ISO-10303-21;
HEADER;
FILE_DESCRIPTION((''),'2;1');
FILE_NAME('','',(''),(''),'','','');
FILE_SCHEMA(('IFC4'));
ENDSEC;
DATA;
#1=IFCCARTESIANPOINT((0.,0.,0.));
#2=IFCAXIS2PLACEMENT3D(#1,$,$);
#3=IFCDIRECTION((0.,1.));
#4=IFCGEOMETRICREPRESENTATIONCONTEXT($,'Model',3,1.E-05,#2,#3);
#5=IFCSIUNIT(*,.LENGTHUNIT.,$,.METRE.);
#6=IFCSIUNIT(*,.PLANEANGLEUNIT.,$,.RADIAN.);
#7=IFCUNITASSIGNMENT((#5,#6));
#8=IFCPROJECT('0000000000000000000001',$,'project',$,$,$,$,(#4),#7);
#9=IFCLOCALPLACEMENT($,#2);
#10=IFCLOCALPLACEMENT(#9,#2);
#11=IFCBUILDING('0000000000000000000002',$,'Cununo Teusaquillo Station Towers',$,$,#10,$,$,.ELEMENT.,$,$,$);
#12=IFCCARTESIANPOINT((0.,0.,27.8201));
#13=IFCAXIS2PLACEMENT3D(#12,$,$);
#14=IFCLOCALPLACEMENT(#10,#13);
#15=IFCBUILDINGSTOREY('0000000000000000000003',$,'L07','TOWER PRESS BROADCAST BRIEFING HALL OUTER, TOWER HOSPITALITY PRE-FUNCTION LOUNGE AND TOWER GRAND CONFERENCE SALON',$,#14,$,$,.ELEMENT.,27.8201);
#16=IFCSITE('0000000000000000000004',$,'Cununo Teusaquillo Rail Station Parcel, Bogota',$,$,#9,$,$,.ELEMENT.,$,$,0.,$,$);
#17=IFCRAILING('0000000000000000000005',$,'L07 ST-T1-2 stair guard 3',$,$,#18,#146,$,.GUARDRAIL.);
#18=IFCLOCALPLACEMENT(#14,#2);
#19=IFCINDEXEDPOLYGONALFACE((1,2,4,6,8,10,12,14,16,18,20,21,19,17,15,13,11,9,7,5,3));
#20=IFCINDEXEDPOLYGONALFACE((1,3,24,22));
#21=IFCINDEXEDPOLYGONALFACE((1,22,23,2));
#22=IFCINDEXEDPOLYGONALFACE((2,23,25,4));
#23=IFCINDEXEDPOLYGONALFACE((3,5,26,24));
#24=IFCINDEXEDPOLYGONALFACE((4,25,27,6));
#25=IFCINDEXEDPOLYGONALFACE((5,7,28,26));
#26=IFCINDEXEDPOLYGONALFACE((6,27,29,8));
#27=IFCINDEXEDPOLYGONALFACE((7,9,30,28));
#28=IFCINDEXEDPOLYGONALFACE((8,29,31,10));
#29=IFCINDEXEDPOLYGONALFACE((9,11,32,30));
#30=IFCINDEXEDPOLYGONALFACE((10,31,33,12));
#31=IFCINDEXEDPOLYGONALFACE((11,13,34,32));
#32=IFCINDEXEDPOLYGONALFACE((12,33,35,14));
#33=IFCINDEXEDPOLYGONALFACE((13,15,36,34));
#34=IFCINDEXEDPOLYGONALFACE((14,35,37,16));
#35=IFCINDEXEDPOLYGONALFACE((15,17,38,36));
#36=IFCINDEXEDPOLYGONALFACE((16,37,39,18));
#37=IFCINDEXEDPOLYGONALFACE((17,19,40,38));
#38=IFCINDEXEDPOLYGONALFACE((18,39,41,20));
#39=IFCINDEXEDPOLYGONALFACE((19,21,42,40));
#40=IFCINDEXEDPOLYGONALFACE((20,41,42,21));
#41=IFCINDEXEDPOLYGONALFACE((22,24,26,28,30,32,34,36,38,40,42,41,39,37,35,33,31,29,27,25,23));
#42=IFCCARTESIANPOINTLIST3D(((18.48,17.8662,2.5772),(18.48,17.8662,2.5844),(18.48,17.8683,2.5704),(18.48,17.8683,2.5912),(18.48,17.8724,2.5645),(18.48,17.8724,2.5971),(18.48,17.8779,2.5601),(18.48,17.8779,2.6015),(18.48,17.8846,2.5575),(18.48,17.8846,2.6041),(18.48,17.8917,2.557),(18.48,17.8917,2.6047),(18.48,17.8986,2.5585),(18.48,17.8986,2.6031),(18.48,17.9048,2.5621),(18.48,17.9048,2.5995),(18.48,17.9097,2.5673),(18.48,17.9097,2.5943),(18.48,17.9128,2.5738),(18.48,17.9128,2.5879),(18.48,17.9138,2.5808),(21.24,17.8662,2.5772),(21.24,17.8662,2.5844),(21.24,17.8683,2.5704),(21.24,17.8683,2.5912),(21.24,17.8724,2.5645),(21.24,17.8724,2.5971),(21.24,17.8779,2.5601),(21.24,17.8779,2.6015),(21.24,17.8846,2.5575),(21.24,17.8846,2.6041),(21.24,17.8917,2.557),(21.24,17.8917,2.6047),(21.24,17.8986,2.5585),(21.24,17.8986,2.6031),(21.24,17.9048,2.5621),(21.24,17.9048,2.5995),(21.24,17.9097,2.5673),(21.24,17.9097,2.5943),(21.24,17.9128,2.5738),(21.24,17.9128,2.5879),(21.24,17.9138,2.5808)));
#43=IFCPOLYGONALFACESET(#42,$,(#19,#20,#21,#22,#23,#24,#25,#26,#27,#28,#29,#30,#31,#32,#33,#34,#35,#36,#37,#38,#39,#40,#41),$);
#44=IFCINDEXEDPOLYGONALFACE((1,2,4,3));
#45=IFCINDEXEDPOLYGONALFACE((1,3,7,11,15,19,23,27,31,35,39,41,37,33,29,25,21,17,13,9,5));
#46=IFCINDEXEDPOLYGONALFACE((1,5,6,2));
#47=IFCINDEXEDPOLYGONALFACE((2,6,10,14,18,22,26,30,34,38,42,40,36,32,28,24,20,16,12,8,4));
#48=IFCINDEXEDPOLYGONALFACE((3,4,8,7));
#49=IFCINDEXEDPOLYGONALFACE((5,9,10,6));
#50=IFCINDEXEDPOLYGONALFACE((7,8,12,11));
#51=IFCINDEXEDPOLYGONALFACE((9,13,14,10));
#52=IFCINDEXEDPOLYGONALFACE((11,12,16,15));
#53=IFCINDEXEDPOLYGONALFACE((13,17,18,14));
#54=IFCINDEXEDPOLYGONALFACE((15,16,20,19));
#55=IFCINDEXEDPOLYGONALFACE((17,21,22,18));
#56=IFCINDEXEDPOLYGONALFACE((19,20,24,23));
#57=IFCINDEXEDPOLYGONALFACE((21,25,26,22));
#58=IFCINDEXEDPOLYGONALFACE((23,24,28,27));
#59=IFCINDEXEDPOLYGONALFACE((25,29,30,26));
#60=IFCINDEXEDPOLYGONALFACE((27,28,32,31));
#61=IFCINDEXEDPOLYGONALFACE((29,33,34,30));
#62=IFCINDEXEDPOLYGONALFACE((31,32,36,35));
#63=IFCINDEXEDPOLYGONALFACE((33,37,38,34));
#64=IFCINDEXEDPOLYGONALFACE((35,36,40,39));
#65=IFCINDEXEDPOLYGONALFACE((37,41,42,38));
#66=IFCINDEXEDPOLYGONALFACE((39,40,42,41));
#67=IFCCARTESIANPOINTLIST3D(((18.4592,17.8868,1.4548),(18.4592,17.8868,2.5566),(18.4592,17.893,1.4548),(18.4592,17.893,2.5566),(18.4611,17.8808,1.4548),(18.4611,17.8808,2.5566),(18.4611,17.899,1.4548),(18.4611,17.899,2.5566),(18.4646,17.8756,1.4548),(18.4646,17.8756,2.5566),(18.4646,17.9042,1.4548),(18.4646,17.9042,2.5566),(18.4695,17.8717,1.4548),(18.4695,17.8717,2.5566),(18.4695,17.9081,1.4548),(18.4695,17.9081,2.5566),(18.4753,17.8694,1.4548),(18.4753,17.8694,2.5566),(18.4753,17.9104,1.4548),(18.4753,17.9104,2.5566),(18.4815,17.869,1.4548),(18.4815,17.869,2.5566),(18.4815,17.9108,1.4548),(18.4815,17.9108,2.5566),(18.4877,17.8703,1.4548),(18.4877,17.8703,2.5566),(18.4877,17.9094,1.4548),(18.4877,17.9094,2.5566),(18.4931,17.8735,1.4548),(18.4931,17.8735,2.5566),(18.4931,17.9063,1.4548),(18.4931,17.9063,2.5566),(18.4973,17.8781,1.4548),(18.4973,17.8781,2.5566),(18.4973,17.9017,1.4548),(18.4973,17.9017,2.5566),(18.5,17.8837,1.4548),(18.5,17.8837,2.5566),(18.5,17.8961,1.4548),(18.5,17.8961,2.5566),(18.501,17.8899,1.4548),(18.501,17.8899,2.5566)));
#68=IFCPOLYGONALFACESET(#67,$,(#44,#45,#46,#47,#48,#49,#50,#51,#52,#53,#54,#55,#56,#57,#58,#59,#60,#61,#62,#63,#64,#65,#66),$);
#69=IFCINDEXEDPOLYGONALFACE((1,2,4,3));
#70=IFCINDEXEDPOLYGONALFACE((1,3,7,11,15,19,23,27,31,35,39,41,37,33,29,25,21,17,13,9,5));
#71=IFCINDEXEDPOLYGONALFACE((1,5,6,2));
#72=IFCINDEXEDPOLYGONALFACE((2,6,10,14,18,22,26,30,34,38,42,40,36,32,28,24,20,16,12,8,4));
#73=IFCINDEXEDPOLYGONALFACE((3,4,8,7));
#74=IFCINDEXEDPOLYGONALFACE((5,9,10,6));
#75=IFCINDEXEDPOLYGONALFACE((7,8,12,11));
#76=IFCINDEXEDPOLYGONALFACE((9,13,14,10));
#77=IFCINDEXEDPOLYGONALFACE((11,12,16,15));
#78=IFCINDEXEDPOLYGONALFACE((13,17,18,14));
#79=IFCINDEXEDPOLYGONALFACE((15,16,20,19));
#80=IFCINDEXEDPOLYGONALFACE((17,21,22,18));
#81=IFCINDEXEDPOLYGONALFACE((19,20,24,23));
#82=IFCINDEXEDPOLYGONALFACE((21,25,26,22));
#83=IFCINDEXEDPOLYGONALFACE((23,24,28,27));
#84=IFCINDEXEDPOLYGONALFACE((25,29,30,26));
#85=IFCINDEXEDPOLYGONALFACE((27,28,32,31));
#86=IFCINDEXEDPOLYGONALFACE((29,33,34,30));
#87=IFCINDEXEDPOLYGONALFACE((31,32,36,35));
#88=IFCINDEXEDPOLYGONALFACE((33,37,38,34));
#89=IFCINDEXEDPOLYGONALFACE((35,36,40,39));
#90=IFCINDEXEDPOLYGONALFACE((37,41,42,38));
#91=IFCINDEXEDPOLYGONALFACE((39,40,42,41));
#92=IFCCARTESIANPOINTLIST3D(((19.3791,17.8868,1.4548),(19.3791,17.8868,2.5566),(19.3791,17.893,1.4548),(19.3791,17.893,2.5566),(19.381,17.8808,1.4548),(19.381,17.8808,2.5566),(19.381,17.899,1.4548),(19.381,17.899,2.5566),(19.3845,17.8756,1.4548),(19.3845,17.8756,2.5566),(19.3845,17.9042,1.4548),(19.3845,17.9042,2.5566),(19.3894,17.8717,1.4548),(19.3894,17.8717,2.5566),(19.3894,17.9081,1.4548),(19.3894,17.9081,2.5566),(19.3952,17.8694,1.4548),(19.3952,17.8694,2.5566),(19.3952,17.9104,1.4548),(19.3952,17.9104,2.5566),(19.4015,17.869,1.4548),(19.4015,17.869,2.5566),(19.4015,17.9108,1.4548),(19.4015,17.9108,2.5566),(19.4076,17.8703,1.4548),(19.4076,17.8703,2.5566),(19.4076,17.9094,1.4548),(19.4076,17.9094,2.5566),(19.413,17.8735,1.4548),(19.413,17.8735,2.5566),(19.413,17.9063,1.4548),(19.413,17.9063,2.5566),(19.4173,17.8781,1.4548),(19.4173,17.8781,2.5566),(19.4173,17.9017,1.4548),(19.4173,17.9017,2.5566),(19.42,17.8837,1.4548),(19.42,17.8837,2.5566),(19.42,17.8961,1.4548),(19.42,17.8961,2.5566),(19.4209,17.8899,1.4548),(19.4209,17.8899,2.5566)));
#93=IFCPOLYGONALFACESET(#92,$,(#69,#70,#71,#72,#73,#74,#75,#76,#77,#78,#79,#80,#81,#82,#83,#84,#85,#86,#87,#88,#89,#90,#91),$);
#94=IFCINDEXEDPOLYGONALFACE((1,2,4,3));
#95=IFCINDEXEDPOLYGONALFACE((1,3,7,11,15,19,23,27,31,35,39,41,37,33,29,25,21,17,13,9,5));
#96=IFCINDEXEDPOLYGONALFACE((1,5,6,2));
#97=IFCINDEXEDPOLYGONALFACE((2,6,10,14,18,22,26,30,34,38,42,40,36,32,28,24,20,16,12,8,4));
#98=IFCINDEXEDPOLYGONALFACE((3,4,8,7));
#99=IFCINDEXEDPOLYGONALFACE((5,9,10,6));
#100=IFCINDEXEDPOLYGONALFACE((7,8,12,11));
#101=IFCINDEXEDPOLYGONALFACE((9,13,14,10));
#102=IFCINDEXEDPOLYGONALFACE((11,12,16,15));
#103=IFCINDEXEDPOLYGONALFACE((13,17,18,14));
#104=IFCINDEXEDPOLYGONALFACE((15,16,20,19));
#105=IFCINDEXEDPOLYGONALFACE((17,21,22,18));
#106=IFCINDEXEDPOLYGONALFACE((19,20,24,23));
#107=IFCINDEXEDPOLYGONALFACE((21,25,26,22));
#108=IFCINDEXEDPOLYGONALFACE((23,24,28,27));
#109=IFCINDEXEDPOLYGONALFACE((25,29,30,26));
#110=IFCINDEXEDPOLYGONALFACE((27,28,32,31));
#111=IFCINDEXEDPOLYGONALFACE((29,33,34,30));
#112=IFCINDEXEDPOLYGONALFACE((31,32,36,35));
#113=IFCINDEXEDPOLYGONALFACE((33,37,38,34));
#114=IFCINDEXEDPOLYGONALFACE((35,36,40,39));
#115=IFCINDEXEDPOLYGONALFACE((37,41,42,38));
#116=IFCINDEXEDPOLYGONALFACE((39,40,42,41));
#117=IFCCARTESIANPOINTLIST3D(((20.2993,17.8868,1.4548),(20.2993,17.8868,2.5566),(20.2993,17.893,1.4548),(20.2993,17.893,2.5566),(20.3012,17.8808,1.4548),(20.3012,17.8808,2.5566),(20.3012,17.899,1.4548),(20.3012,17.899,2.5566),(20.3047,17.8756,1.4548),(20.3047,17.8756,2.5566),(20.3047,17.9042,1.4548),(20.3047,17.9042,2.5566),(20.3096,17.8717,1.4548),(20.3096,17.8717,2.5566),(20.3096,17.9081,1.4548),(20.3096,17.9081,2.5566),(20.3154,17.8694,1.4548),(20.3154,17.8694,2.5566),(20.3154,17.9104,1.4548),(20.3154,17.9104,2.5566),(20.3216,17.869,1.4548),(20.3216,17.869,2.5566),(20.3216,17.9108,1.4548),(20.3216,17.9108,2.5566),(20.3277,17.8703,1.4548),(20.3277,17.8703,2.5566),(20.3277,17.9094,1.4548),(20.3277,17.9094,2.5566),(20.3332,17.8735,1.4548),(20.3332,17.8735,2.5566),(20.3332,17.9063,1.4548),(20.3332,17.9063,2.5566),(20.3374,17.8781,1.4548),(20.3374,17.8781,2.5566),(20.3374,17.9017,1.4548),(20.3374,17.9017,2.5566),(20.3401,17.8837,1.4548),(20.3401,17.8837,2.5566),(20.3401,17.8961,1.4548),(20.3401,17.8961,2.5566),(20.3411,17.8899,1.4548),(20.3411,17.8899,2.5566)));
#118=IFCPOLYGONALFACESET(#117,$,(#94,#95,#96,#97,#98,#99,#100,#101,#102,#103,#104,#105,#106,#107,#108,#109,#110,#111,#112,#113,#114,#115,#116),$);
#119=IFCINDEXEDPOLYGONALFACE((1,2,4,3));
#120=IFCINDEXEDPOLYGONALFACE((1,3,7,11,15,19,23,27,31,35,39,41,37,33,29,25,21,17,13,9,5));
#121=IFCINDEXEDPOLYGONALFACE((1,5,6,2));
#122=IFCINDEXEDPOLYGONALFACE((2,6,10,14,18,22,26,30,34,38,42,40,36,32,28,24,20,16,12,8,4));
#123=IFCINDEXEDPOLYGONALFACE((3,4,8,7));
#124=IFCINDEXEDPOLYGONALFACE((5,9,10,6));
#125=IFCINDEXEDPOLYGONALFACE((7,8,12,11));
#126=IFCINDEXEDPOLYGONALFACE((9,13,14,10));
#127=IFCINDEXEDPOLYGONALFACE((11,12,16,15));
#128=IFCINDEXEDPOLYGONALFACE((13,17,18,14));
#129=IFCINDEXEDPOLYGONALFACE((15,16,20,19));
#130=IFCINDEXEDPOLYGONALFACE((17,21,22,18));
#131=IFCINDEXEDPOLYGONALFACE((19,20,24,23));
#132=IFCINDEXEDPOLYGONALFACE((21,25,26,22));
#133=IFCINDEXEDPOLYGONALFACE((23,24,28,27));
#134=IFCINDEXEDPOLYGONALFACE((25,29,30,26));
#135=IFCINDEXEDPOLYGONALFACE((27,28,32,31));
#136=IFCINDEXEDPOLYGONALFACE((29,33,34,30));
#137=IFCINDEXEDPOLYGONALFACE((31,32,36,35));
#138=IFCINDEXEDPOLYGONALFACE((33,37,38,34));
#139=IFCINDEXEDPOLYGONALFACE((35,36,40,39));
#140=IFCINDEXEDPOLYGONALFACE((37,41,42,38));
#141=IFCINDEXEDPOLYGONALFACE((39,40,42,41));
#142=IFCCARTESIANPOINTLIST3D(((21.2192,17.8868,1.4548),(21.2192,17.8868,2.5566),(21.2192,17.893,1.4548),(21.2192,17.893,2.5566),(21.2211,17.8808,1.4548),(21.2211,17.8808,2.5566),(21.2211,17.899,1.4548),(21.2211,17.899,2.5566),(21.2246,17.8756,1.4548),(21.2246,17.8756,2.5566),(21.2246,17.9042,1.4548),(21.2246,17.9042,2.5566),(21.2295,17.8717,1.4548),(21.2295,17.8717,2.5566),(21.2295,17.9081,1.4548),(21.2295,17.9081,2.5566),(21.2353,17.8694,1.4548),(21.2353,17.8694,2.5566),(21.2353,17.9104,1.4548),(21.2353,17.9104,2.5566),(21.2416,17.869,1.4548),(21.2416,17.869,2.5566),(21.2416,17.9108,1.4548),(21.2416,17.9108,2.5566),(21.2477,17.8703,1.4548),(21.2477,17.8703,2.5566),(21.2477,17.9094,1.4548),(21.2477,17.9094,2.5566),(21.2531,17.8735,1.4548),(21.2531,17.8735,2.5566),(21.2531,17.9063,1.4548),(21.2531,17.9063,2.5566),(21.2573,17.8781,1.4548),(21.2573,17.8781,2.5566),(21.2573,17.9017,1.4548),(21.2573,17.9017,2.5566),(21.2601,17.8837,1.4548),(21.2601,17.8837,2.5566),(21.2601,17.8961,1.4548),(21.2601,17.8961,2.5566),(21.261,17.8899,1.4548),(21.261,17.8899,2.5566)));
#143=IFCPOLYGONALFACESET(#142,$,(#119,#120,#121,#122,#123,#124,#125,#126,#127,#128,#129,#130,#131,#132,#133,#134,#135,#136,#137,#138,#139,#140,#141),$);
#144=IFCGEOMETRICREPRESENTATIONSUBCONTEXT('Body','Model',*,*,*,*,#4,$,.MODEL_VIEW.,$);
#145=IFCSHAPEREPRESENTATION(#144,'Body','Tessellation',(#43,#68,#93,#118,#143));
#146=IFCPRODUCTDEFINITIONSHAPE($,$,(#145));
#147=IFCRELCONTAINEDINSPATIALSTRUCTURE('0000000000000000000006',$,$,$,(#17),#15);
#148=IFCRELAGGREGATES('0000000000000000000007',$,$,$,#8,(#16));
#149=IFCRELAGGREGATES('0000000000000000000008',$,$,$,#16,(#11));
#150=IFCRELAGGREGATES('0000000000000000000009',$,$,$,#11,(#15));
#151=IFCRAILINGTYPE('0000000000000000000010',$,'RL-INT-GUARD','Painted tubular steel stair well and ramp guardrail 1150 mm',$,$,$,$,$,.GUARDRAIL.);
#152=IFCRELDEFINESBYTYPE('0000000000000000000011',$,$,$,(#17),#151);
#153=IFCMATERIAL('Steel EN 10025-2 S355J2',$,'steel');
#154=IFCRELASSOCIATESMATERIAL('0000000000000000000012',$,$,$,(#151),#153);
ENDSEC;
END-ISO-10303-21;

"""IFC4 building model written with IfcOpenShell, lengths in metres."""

from ifc_helpers import new_model, si_unit, direction, frame, origin, origin_2d, place, context, subcontext, project, spatial, circle, extrude, material, type_object, element, save


model = new_model("IFC4")

# Units and contexts
model_context = context("Model", 3, precision=1e-05, world=origin(), true_north=direction((0.0, 1.0)))
body_context = subcontext(model_context, "Body", "Model", "MODEL_VIEW")
ifc_project = project(units=[si_unit("LENGTHUNIT", "METRE"), si_unit("PLANEANGLEUNIT", "RADIAN")], contexts=[model_context])

# Site, building, storey
site_placement = place(None, origin())
site = spatial("IfcSite", under=ifc_project, at=site_placement, Name="Cununo Teusaquillo Rail Station Parcel, Bogota", CompositionType="ELEMENT", RefElevation=0.0)
building_placement = place(site_placement, origin())
building = spatial("IfcBuilding", under=site, at=building_placement, Name="Cununo Teusaquillo Station Towers", CompositionType="ELEMENT")
storey_placement = place(building_placement, frame((0.0, 0.0, 27.8201)))
storey = spatial("IfcBuildingStorey", under=building, at=storey_placement, Name="L07", Description="TOWER PRESS BROADCAST BRIEFING HALL OUTER, TOWER HOSPITALITY PRE-FUNCTION LOUNGE AND TOWER GRAND CONFERENCE SALON", CompositionType="ELEMENT", Elevation=27.8201)

# Railing
ifc_material_1 = material(Name="Steel EN 10025-2 S355J2", Category="steel")
railing_type_1 = type_object("IfcRailingType", Name="RL-INT-GUARD", Description="Painted tubular steel stair well and ramp guardrail 1150 mm", PredefinedType="GUARDRAIL", material=ifc_material_1)
railing_1_placement = place(storey_placement, frame((18.48, 17.8899, 1.4548)))
element("IfcRailing", 1, at=railing_1_placement, inside=storey, type_object=railing_type_1, Name="L07 ST-T1-2 stair guard 3", PredefinedType="GUARDRAIL", context=body_context, shape_type="SweptSolid", body=[
    extrude(circle(Radius=0.0239, at=origin_2d()), frame((0.0, 0.0, 1.126), z_axis=(1.0, 0.0, 0.0), x_axis=(0.0, 1.0, 0.0)), (0.0, 0.0, 1.0), 2.76),
    extrude(circle(Radius=0.021, at=origin_2d()), origin(), (0.0, 0.0, 1.0), 1.1018),
    extrude(circle(Radius=0.021, at=origin_2d()), frame((0.9199, 0.0, 0.0)), (0.0, 0.0, 1.0), 1.1018),
    extrude(circle(Radius=0.021, at=origin_2d()), frame((1.8401, 0.0, 0.0)), (0.0, 0.0, 1.0), 1.1018),
    extrude(circle(Radius=0.021, at=origin_2d()), frame((2.76, 0.0, 0.0)), (0.0, 0.0, 1.0), 1.1018),
])

save(model, "model.ifc")
